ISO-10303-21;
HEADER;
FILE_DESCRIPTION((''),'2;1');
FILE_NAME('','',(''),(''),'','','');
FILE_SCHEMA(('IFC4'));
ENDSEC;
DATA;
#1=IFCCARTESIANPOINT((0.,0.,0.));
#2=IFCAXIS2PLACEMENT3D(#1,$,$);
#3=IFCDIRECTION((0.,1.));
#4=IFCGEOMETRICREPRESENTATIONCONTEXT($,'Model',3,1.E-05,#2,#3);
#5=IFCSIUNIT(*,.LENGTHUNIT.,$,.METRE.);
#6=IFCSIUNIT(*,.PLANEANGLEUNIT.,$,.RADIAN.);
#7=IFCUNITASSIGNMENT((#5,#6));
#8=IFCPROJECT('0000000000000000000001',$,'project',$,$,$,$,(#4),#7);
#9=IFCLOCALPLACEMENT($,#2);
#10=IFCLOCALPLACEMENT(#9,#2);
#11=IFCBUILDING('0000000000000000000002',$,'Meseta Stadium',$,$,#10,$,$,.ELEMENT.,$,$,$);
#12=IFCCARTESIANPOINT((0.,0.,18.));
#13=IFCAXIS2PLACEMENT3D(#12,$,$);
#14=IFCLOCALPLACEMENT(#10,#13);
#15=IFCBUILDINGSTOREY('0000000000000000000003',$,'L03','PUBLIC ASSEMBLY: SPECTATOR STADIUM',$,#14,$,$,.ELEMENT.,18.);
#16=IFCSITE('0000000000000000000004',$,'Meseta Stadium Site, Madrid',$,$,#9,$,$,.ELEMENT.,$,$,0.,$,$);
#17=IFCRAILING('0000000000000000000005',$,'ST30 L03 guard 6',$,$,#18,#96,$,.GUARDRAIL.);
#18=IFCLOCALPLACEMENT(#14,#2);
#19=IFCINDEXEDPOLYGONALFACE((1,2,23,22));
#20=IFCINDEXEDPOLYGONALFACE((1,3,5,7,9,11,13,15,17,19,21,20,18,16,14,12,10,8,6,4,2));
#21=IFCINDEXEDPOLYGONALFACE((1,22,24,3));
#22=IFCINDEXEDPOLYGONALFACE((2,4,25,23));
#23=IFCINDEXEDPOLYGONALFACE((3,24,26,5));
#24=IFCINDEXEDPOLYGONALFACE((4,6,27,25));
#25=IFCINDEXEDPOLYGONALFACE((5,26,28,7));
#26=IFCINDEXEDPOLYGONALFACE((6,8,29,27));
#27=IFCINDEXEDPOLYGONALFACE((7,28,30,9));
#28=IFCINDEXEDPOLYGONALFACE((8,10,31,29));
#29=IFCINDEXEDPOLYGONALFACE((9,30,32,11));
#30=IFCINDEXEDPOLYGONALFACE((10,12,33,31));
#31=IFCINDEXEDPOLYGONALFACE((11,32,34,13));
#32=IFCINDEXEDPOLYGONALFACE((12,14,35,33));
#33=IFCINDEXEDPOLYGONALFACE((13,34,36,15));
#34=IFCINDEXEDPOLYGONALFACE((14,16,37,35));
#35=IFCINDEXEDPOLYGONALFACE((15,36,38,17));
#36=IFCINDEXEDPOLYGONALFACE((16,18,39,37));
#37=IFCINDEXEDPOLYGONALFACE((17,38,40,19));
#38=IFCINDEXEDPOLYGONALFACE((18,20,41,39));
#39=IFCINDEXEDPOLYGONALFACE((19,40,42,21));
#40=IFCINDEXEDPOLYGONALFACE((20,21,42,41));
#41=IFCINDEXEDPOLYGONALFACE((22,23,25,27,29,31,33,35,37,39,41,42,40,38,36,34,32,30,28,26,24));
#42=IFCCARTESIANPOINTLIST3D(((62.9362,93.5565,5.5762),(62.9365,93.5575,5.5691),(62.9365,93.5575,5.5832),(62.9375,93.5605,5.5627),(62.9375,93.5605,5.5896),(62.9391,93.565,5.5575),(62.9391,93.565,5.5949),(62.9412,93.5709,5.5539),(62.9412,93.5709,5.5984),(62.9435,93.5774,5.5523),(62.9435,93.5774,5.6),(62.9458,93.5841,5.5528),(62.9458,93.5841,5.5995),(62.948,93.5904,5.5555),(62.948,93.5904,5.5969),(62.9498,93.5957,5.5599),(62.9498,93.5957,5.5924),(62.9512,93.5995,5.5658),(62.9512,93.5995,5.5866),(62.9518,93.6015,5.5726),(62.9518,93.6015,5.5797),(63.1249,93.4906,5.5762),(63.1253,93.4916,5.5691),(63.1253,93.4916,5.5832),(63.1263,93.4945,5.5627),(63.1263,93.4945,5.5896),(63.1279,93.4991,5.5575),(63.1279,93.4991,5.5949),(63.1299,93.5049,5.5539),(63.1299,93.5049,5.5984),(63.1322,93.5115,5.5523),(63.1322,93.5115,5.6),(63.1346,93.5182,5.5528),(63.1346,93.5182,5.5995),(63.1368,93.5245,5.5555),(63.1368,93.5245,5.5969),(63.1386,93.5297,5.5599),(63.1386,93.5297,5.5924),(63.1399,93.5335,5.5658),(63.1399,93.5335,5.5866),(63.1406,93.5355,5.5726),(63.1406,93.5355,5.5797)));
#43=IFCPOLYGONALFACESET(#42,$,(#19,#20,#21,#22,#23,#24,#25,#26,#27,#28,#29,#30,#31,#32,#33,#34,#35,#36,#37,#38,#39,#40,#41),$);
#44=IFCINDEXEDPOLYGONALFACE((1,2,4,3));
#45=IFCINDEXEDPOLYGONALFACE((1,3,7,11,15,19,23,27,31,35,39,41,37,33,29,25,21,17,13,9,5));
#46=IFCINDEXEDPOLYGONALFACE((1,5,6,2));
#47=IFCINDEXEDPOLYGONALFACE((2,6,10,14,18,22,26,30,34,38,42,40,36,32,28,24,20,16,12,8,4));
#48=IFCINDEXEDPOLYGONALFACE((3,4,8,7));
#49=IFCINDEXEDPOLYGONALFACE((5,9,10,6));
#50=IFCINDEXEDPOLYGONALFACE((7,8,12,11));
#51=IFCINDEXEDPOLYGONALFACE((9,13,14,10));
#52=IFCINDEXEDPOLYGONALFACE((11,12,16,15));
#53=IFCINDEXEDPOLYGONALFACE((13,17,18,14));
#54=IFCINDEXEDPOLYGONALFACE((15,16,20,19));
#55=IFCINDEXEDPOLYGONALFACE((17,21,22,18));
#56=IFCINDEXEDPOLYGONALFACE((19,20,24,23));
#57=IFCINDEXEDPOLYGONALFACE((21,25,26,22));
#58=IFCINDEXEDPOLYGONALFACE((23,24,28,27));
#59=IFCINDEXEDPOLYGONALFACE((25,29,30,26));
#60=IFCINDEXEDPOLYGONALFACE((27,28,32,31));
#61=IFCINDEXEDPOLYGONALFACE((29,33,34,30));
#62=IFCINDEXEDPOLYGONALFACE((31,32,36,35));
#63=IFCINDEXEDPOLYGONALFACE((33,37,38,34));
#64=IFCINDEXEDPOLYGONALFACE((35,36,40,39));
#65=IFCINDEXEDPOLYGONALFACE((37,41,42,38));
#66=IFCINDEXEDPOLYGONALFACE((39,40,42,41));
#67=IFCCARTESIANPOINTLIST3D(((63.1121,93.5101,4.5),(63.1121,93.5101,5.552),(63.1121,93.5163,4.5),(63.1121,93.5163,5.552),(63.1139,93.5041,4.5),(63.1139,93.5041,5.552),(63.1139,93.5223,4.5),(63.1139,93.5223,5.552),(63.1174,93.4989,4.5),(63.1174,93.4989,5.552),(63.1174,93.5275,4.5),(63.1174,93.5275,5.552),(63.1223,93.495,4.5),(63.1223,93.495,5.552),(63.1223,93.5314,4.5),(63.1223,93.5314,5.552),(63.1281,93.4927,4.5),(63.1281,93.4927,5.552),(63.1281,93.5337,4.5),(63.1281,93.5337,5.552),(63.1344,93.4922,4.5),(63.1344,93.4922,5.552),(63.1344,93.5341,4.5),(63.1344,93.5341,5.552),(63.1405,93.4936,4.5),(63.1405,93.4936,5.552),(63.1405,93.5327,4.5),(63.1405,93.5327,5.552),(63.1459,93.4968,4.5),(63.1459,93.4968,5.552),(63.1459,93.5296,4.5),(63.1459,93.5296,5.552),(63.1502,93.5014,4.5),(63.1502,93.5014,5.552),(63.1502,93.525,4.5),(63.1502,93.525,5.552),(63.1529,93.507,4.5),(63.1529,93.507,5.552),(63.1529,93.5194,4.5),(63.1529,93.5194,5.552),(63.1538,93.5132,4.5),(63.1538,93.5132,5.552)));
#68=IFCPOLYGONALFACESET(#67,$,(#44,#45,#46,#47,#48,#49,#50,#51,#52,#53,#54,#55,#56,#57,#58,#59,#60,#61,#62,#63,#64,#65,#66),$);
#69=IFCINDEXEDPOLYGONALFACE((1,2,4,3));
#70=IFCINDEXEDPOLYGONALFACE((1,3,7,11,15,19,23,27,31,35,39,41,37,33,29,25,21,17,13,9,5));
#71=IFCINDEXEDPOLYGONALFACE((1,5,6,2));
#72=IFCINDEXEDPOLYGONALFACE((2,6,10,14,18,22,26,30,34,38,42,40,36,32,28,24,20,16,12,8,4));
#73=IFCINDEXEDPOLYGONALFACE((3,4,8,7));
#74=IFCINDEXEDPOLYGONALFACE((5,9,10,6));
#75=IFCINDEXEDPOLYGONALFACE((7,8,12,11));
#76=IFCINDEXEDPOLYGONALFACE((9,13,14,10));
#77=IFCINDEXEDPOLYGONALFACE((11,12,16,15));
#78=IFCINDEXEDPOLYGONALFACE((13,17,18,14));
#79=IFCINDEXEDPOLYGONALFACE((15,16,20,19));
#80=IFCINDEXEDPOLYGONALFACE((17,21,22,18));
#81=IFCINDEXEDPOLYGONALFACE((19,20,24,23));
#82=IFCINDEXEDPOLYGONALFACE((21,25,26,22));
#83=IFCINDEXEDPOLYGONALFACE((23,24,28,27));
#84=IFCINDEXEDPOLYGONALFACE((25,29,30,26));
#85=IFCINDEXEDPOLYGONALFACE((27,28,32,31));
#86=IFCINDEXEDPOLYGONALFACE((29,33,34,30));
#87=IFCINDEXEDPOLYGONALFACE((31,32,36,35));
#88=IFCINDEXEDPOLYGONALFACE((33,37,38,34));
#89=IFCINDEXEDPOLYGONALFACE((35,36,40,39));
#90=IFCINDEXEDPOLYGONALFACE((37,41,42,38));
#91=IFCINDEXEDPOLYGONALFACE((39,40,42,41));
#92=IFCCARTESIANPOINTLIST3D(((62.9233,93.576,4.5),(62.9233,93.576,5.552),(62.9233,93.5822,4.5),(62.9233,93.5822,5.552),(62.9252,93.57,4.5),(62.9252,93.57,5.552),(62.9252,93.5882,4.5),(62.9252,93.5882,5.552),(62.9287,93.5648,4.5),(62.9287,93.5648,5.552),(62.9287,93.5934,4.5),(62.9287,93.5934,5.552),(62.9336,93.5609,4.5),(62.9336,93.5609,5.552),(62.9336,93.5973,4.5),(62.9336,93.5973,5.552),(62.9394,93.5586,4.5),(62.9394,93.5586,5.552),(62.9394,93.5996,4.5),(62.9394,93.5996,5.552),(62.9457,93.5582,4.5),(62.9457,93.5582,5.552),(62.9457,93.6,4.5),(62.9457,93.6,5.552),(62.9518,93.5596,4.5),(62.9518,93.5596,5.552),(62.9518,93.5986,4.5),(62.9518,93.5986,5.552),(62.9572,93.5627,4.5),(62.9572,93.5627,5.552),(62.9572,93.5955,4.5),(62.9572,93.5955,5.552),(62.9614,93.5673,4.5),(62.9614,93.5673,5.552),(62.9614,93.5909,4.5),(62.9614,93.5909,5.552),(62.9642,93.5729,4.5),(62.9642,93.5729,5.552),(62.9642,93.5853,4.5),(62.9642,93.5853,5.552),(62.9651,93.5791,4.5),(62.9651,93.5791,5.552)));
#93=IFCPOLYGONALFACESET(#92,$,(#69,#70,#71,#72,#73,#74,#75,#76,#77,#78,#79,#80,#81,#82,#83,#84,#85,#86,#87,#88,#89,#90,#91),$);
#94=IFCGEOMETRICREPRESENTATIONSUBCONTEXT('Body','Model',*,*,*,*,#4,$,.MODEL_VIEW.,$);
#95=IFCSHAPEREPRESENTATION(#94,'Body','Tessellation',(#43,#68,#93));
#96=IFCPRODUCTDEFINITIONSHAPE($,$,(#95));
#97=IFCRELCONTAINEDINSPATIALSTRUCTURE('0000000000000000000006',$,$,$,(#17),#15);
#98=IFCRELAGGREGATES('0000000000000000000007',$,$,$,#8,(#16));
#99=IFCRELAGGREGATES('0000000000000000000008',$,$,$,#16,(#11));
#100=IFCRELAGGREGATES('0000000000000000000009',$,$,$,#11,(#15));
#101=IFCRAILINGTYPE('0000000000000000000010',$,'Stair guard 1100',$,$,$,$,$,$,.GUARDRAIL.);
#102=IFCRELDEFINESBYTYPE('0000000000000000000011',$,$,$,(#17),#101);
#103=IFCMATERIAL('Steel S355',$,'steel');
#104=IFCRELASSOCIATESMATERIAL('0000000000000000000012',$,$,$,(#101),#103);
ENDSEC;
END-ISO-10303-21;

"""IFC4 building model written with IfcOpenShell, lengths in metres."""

from ifc_helpers import new_model, si_unit, direction, frame, origin, origin_2d, place, context, subcontext, project, spatial, circle, extrude, material, type_object, element, save


model = new_model("IFC4")

# Units and contexts
model_context = context("Model", 3, precision=1e-05, world=origin(), true_north=direction((0.0, 1.0)))
body_context = subcontext(model_context, "Body", "Model", "MODEL_VIEW")
ifc_project = project(units=[si_unit("LENGTHUNIT", "METRE"), si_unit("PLANEANGLEUNIT", "RADIAN")], contexts=[model_context])

# Site, building, storey
site_placement = place(None, origin())
site = spatial("IfcSite", under=ifc_project, at=site_placement, Name="Meseta Stadium Site, Madrid", CompositionType="ELEMENT", RefElevation=0.0)
building_placement = place(site_placement, origin())
building = spatial("IfcBuilding", under=site, at=building_placement, Name="Meseta Stadium", CompositionType="ELEMENT")
storey_placement = place(building_placement, frame((0.0, 0.0, 18.0)))
storey = spatial("IfcBuildingStorey", under=building, at=storey_placement, Name="L03", Description="PUBLIC ASSEMBLY: SPECTATOR STADIUM", CompositionType="ELEMENT", Elevation=18.0)

# Railing
ifc_material_1 = material(Name="Steel S355", Category="steel")
railing_type_1 = type_object("IfcRailingType", Name="Stair guard 1100", PredefinedType="GUARDRAIL", material=ifc_material_1)
railing_1_placement = place(storey_placement, frame((63.1328, 93.5132, 4.5)))
element("IfcRailing", 1, at=railing_1_placement, inside=storey, type_object=railing_type_1, Name="ST30 L03 guard 6", PredefinedType="GUARDRAIL", context=body_context, shape_type="SweptSolid", body=[
    extrude(circle(Radius=0.0239, at=origin_2d()), frame((0.0, 0.0, 1.0762), z_axis=(-0.944068, 0.329752, 0.0), x_axis=(-0.329752, -0.944068, 0.0)), (0.0, 0.0, 1.0), 0.2),
    extrude(circle(Radius=0.021, at=origin_2d()), origin(), (0.0, 0.0, 1.0), 1.052),
    extrude(circle(Radius=0.021, at=origin_2d()), frame((-0.1887, 0.0659, 0.0)), (0.0, 0.0, 1.0), 1.052),
])

save(model, "model.ifc")
